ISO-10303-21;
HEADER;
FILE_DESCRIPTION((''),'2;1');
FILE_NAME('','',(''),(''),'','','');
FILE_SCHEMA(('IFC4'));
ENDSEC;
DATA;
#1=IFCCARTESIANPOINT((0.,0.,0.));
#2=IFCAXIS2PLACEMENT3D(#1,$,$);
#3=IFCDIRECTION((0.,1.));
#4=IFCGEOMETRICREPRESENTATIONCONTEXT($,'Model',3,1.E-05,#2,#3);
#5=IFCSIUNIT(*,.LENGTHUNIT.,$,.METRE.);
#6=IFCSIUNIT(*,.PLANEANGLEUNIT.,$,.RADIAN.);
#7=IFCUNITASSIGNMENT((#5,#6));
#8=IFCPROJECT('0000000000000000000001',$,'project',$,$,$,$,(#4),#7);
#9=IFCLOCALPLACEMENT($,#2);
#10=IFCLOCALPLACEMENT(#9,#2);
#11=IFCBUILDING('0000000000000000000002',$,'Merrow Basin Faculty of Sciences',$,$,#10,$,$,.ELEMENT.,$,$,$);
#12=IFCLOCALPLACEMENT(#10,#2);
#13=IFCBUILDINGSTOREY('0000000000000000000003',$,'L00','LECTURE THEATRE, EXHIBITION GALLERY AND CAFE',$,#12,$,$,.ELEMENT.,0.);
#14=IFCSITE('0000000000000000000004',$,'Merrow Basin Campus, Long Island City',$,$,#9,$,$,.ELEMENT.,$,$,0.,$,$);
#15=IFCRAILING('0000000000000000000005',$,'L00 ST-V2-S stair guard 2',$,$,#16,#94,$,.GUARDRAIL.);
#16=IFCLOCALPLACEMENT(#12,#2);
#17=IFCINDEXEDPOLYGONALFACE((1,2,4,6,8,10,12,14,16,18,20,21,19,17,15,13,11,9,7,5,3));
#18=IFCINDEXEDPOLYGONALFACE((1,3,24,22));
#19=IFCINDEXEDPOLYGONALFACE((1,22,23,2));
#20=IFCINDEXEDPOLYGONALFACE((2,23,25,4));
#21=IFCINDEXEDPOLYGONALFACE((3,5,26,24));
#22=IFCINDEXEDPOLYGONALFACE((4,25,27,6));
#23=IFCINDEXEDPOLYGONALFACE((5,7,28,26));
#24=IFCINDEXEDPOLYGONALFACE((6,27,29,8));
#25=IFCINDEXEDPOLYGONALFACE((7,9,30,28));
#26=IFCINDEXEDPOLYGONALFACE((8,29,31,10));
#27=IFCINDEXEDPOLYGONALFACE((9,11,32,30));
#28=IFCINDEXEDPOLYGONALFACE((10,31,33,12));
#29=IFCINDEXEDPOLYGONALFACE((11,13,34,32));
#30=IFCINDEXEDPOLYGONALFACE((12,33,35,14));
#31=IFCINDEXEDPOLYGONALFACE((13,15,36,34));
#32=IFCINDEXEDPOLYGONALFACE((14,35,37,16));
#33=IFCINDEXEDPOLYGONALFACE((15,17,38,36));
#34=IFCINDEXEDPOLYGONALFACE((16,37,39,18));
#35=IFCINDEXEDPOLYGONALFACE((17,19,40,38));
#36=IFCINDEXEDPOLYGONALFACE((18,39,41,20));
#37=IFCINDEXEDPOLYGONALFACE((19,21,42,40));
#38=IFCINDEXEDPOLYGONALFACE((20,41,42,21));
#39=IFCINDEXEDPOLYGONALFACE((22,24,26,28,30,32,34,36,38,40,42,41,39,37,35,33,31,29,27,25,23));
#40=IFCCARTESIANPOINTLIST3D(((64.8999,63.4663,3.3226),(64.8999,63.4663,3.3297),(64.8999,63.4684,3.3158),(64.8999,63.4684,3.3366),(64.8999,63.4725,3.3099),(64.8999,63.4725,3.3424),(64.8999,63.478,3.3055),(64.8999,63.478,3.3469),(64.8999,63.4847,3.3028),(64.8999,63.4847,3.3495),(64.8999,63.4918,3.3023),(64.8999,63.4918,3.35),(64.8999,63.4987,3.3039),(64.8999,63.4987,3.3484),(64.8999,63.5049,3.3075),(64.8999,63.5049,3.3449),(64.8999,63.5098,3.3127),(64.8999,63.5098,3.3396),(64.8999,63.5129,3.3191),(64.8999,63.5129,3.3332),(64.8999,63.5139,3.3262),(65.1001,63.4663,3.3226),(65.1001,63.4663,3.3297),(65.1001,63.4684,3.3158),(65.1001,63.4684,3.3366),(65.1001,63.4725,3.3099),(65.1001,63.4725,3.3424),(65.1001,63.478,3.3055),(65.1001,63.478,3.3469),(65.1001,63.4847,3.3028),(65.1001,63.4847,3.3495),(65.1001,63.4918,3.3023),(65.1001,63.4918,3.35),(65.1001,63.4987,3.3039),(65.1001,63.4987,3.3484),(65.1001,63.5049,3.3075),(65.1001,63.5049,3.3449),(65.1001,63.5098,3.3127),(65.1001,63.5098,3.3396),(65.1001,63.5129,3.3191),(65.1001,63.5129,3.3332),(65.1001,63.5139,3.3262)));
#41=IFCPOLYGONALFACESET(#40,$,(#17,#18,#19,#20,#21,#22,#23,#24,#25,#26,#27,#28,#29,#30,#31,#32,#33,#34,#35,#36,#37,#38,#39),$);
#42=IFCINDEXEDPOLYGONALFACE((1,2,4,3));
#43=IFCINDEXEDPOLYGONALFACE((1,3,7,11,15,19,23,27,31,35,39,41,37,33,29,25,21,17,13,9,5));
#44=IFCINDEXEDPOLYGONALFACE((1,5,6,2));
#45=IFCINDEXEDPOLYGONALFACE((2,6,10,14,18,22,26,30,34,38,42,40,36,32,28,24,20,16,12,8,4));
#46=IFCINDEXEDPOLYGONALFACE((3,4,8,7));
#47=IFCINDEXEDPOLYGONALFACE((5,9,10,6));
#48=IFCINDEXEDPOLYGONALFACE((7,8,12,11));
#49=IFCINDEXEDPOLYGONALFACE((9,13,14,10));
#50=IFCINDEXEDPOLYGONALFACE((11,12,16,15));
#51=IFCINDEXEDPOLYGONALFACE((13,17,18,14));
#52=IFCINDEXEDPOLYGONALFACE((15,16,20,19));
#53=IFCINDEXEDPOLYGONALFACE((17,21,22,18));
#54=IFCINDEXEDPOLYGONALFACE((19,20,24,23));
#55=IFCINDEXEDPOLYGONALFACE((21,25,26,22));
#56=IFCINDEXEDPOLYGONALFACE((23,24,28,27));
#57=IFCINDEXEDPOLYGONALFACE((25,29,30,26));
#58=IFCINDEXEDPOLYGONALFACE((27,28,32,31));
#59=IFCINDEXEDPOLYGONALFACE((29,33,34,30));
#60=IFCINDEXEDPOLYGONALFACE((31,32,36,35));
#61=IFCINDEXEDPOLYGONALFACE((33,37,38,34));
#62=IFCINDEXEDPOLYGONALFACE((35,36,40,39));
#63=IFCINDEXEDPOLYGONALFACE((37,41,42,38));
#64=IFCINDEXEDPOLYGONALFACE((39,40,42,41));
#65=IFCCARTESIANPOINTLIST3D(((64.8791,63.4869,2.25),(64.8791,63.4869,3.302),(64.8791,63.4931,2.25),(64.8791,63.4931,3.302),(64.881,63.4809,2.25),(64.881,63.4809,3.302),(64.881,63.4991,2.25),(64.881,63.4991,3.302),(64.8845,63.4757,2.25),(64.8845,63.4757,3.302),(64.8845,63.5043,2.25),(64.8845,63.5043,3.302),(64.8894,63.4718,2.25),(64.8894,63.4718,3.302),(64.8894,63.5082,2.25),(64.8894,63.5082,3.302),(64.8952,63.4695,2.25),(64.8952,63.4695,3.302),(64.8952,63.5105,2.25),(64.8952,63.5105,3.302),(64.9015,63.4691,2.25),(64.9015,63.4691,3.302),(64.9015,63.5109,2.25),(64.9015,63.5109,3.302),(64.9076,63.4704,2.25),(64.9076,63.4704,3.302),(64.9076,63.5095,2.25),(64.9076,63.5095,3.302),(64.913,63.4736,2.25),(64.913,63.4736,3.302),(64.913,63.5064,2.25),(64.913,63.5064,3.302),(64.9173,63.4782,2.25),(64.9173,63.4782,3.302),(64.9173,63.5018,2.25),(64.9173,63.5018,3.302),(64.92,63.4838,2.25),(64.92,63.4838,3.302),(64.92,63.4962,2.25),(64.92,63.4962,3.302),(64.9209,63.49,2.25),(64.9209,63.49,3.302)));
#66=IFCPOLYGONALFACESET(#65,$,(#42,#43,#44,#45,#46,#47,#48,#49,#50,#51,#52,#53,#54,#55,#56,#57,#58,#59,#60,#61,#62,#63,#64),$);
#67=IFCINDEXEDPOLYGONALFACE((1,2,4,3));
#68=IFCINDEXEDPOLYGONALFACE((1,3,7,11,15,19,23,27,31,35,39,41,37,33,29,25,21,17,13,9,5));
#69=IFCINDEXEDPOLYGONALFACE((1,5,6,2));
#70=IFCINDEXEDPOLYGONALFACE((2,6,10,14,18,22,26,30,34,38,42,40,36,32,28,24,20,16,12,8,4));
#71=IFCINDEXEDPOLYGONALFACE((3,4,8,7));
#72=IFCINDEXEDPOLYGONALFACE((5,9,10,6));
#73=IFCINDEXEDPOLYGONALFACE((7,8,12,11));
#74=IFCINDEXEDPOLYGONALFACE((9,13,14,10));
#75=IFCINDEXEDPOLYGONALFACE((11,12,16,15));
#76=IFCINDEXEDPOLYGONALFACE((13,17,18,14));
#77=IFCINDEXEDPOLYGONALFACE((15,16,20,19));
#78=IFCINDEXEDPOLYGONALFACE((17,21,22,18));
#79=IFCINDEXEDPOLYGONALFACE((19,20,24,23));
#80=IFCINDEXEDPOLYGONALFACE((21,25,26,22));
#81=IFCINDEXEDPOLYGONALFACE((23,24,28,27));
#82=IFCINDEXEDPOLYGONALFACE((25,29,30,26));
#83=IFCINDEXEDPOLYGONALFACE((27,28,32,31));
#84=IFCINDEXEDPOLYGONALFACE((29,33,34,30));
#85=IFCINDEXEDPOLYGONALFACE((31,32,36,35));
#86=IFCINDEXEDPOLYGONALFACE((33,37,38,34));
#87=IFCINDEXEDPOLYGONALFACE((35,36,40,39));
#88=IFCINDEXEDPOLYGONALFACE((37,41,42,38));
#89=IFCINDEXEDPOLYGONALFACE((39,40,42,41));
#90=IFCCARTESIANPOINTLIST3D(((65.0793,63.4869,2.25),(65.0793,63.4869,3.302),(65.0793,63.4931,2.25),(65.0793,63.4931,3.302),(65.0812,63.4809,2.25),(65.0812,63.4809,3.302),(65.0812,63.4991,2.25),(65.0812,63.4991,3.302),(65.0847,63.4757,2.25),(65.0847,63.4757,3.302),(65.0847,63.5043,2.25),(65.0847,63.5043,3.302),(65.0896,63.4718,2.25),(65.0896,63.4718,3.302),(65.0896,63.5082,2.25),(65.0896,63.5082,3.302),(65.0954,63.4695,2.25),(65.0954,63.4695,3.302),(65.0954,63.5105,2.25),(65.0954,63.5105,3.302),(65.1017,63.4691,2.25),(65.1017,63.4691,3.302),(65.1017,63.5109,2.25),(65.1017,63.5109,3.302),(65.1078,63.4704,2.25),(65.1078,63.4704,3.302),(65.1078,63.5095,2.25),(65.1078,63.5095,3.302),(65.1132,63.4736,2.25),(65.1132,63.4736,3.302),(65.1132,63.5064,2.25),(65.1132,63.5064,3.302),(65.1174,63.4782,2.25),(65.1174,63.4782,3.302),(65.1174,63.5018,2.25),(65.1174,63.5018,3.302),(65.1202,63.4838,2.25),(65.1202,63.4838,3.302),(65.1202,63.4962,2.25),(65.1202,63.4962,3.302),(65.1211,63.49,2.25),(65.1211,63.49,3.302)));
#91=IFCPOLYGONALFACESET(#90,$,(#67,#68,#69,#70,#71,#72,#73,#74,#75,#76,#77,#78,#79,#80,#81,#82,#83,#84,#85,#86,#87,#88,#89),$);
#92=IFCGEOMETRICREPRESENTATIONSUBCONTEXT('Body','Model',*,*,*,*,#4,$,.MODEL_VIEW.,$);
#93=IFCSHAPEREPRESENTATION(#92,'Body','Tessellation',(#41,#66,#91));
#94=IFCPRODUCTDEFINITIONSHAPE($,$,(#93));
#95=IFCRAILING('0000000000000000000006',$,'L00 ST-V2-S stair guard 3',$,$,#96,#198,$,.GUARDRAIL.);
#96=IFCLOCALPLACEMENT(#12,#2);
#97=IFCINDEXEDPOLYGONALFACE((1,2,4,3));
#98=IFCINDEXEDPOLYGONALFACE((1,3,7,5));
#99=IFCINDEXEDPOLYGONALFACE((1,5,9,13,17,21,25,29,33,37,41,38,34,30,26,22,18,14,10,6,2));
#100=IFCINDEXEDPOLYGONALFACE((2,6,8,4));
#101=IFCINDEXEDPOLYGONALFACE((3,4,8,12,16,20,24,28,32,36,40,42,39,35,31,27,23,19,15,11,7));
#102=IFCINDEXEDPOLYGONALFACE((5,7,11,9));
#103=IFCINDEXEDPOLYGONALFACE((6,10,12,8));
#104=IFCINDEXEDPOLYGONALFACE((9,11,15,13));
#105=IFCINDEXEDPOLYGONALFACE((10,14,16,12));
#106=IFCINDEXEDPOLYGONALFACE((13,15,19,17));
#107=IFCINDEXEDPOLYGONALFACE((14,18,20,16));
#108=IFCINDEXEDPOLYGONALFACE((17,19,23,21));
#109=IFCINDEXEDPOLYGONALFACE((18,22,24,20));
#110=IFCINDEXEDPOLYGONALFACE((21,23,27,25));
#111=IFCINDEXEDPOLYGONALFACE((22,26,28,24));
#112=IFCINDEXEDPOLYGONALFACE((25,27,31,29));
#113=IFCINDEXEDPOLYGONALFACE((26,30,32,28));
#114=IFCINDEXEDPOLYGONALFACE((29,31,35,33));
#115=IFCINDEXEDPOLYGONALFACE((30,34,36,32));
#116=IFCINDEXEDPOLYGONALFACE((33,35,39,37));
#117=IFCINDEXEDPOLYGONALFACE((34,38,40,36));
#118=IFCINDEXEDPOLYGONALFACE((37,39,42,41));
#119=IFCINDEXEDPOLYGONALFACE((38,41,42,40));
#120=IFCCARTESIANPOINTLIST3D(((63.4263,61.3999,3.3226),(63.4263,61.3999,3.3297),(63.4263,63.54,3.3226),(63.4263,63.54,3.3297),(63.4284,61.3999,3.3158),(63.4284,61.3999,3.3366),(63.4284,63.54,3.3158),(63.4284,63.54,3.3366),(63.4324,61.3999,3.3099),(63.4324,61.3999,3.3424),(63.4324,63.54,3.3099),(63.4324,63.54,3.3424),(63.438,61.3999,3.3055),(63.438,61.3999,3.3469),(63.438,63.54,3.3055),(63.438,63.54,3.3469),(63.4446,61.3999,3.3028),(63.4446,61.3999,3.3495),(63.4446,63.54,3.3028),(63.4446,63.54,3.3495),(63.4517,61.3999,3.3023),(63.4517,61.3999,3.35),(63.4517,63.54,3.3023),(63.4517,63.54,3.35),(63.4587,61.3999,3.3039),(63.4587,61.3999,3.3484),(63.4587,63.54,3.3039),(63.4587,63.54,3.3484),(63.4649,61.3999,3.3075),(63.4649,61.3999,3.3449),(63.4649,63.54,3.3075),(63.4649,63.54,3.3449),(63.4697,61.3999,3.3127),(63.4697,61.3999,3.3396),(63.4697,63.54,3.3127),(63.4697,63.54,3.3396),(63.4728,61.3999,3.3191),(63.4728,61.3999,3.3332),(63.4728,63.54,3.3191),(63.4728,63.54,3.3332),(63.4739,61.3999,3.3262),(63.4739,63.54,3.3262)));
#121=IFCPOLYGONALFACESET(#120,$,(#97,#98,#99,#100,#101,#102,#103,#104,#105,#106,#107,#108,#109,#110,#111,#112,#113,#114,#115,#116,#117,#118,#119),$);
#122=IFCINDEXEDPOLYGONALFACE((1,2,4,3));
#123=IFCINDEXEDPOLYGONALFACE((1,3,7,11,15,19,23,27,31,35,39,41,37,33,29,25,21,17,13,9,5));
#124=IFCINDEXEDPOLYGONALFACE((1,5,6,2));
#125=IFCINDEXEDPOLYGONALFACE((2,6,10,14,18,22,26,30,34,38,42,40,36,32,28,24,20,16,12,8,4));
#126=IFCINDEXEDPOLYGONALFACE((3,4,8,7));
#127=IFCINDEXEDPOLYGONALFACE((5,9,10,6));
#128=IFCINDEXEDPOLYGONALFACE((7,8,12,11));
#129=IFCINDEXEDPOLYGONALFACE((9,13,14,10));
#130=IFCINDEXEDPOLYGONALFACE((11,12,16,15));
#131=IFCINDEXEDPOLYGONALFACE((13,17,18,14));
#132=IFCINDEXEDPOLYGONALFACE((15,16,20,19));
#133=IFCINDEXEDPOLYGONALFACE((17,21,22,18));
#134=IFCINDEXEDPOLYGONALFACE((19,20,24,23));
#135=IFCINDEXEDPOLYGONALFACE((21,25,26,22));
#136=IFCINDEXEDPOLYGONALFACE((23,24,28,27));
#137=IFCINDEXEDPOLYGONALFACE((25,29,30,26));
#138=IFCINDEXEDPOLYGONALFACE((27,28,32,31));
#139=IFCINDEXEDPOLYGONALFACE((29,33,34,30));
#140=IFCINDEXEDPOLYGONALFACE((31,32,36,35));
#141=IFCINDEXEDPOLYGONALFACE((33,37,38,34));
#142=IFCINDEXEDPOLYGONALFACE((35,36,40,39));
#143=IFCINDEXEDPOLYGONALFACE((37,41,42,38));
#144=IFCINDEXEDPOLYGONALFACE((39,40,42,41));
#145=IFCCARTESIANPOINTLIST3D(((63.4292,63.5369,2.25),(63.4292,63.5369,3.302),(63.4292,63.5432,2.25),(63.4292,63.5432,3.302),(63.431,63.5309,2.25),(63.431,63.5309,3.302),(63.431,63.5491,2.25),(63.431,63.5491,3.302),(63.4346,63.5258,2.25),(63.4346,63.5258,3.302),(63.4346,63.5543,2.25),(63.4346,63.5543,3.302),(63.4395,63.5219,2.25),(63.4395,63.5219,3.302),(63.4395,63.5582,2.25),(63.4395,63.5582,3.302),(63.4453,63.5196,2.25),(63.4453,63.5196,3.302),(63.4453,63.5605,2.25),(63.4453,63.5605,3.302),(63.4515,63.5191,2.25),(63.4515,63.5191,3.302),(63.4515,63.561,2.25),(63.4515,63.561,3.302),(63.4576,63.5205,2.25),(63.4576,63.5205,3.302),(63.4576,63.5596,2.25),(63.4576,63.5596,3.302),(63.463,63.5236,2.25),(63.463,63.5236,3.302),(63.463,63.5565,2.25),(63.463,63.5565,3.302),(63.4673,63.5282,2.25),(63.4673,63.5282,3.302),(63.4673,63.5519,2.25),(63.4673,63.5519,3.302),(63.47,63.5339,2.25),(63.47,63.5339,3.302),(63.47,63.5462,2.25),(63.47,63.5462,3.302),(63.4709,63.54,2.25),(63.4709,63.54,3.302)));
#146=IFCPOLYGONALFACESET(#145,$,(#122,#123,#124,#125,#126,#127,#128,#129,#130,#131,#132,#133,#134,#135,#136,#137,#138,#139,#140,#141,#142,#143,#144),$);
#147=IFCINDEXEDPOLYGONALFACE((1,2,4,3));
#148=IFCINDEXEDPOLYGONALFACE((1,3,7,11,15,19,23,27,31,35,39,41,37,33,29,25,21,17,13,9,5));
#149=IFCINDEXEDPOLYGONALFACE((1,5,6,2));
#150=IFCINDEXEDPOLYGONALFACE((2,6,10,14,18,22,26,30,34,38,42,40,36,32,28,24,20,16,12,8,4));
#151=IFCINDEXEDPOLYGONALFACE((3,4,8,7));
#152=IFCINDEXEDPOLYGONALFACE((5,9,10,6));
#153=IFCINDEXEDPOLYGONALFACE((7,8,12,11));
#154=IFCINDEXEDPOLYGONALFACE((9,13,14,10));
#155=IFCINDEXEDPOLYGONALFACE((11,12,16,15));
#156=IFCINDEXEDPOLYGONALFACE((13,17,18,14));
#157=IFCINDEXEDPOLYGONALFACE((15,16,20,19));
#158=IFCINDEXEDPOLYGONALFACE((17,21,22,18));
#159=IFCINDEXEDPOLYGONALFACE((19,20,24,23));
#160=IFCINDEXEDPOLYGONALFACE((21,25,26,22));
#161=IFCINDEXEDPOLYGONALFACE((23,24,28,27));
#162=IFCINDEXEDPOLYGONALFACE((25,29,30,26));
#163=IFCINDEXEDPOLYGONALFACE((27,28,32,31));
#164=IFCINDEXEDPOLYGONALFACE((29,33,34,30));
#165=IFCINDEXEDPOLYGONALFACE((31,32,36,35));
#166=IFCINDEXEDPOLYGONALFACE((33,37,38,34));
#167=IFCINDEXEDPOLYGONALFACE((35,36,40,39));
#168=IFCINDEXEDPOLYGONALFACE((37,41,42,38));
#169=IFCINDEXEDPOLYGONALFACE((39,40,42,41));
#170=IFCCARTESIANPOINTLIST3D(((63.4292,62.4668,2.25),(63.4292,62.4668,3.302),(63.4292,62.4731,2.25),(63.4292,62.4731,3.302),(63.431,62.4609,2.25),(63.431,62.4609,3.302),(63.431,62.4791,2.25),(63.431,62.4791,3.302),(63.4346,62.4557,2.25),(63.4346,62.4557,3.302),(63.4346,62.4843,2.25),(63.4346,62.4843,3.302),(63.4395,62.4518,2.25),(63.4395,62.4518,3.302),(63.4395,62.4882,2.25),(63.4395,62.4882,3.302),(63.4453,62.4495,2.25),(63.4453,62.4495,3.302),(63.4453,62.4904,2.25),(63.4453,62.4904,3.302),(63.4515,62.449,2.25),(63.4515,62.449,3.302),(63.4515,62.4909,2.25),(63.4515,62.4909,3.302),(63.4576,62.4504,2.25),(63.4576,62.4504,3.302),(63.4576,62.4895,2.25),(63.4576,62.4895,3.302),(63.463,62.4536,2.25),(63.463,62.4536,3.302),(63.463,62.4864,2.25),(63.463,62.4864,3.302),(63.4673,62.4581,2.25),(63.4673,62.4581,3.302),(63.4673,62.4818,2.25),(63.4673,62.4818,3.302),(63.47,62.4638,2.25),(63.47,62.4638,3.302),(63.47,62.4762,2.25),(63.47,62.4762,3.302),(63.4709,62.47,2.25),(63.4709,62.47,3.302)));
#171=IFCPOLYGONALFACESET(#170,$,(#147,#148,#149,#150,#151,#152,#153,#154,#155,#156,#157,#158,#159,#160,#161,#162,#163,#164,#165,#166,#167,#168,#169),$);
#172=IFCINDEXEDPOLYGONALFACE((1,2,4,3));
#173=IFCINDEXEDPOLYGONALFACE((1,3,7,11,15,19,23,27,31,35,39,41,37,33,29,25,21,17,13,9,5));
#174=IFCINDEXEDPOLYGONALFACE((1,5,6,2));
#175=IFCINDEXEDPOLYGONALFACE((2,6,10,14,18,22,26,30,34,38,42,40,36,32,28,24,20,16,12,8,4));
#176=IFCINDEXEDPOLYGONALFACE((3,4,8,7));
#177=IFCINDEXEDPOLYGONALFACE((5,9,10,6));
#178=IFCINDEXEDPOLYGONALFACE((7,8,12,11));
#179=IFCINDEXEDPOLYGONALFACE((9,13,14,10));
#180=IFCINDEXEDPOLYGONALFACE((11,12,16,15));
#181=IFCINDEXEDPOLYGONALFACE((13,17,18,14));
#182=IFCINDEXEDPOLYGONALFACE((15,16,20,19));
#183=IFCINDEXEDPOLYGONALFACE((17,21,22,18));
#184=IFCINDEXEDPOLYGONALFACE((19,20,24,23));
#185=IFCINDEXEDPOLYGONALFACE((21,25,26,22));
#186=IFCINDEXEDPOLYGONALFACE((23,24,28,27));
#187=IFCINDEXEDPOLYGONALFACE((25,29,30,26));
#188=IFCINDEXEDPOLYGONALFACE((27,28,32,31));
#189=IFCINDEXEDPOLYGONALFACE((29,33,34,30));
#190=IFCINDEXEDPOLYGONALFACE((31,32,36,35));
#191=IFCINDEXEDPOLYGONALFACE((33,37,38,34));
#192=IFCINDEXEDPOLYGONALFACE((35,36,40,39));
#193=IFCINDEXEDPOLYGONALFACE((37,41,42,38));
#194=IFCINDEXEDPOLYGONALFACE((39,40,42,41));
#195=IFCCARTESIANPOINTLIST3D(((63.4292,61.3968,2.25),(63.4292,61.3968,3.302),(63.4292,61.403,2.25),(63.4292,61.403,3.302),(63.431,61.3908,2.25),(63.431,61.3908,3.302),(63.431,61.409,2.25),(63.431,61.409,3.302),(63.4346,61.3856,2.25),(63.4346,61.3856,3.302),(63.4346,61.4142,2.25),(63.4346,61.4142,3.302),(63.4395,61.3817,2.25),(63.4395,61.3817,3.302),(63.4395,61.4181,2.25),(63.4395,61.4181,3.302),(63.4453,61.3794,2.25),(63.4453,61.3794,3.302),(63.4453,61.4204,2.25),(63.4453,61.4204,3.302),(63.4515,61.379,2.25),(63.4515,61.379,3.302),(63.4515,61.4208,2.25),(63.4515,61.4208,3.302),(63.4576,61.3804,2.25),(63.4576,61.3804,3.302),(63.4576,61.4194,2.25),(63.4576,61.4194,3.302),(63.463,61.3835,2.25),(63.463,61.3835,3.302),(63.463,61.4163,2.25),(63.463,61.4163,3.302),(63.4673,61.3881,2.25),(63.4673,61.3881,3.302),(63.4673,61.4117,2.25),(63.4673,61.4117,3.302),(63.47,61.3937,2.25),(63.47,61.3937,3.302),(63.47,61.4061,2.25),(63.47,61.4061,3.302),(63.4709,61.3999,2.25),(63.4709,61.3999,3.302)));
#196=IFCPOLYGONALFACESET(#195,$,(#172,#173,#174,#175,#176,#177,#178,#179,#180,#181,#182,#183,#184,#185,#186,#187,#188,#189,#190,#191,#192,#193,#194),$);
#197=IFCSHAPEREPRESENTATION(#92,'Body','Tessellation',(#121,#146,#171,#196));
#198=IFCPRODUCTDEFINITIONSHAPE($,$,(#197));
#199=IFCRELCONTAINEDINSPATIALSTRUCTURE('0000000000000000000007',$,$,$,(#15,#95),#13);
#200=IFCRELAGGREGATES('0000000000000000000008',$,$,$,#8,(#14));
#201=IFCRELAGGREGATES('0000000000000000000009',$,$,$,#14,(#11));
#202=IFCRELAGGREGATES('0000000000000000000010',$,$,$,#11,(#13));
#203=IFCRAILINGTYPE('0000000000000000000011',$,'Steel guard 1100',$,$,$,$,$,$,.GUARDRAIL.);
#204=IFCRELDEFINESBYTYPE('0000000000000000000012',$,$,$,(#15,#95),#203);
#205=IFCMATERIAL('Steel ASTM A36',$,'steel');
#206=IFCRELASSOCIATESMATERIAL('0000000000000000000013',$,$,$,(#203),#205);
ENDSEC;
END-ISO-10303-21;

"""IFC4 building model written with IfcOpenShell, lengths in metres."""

from ifc_helpers import new_model, si_unit, direction, frame, origin, origin_2d, place, context, subcontext, project, spatial, circle, extrude, material, type_object, element, save


model = new_model("IFC4")

# Units and contexts
model_context = context("Model", 3, precision=1e-05, world=origin(), true_north=direction((0.0, 1.0)))
body_context = subcontext(model_context, "Body", "Model", "MODEL_VIEW")
ifc_project = project(units=[si_unit("LENGTHUNIT", "METRE"), si_unit("PLANEANGLEUNIT", "RADIAN")], contexts=[model_context])

# Site, building, storey
site_placement = place(None, origin())
site = spatial("IfcSite", under=ifc_project, at=site_placement, Name="Merrow Basin Campus, Long Island City", CompositionType="ELEMENT", RefElevation=0.0)
building_placement = place(site_placement, origin())
building = spatial("IfcBuilding", under=site, at=building_placement, Name="Merrow Basin Faculty of Sciences", CompositionType="ELEMENT")
storey_placement = place(building_placement, origin())
storey = spatial("IfcBuildingStorey", under=building, at=storey_placement, Name="L00", Description="LECTURE THEATRE, EXHIBITION GALLERY AND CAFE", CompositionType="ELEMENT", Elevation=0.0)

# Railings
ifc_material_1 = material(Name="Steel ASTM A36", Category="steel")
railing_type_1 = type_object("IfcRailingType", Name="Steel guard 1100", PredefinedType="GUARDRAIL", material=ifc_material_1)
railing_1_placement = place(storey_placement, frame((64.8999, 63.49, 2.25)))
element("IfcRailing", 1, at=railing_1_placement, inside=storey, type_object=railing_type_1, Name="L00 ST-V2-S stair guard 2", PredefinedType="GUARDRAIL", context=body_context, shape_type="SweptSolid", body=[
    extrude(circle(Radius=0.0239, at=origin_2d()), frame((0.0, 0.0, 1.0762), z_axis=(1.0, 0.0, 0.0), x_axis=(0.0, 1.0, 0.0)), (0.0, 0.0, 1.0), 0.2002),
    extrude(circle(Radius=0.021, at=origin_2d()), origin(), (0.0, 0.0, 1.0), 1.052),
    extrude(circle(Radius=0.021, at=origin_2d()), frame((0.2002, 0.0, 0.0)), (0.0, 0.0, 1.0), 1.052),
])
railing_2_placement = place(storey_placement, frame((63.45, 63.54, 2.25)))
element("IfcRailing", 2, at=railing_2_placement, inside=storey, type_object=railing_type_1, Name="L00 ST-V2-S stair guard 3", PredefinedType="GUARDRAIL", context=body_context, shape_type="SweptSolid", body=[
    extrude(circle(Radius=0.0239, at=origin_2d()), frame((0.0, 0.0, 1.0762), z_axis=(0.0, -1.0, 0.0), x_axis=(1.0, 0.0, 0.0)), (0.0, 0.0, 1.0), 2.1401),
    extrude(circle(Radius=0.021, at=origin_2d()), origin(), (0.0, 0.0, 1.0), 1.052),
    extrude(circle(Radius=0.021, at=origin_2d()), frame((0.0, -1.0701, 0.0)), (0.0, 0.0, 1.0), 1.052),
    extrude(circle(Radius=0.021, at=origin_2d()), frame((0.0, -2.1401, 0.0)), (0.0, 0.0, 1.0), 1.052),
])

save(model, "model.ifc")
